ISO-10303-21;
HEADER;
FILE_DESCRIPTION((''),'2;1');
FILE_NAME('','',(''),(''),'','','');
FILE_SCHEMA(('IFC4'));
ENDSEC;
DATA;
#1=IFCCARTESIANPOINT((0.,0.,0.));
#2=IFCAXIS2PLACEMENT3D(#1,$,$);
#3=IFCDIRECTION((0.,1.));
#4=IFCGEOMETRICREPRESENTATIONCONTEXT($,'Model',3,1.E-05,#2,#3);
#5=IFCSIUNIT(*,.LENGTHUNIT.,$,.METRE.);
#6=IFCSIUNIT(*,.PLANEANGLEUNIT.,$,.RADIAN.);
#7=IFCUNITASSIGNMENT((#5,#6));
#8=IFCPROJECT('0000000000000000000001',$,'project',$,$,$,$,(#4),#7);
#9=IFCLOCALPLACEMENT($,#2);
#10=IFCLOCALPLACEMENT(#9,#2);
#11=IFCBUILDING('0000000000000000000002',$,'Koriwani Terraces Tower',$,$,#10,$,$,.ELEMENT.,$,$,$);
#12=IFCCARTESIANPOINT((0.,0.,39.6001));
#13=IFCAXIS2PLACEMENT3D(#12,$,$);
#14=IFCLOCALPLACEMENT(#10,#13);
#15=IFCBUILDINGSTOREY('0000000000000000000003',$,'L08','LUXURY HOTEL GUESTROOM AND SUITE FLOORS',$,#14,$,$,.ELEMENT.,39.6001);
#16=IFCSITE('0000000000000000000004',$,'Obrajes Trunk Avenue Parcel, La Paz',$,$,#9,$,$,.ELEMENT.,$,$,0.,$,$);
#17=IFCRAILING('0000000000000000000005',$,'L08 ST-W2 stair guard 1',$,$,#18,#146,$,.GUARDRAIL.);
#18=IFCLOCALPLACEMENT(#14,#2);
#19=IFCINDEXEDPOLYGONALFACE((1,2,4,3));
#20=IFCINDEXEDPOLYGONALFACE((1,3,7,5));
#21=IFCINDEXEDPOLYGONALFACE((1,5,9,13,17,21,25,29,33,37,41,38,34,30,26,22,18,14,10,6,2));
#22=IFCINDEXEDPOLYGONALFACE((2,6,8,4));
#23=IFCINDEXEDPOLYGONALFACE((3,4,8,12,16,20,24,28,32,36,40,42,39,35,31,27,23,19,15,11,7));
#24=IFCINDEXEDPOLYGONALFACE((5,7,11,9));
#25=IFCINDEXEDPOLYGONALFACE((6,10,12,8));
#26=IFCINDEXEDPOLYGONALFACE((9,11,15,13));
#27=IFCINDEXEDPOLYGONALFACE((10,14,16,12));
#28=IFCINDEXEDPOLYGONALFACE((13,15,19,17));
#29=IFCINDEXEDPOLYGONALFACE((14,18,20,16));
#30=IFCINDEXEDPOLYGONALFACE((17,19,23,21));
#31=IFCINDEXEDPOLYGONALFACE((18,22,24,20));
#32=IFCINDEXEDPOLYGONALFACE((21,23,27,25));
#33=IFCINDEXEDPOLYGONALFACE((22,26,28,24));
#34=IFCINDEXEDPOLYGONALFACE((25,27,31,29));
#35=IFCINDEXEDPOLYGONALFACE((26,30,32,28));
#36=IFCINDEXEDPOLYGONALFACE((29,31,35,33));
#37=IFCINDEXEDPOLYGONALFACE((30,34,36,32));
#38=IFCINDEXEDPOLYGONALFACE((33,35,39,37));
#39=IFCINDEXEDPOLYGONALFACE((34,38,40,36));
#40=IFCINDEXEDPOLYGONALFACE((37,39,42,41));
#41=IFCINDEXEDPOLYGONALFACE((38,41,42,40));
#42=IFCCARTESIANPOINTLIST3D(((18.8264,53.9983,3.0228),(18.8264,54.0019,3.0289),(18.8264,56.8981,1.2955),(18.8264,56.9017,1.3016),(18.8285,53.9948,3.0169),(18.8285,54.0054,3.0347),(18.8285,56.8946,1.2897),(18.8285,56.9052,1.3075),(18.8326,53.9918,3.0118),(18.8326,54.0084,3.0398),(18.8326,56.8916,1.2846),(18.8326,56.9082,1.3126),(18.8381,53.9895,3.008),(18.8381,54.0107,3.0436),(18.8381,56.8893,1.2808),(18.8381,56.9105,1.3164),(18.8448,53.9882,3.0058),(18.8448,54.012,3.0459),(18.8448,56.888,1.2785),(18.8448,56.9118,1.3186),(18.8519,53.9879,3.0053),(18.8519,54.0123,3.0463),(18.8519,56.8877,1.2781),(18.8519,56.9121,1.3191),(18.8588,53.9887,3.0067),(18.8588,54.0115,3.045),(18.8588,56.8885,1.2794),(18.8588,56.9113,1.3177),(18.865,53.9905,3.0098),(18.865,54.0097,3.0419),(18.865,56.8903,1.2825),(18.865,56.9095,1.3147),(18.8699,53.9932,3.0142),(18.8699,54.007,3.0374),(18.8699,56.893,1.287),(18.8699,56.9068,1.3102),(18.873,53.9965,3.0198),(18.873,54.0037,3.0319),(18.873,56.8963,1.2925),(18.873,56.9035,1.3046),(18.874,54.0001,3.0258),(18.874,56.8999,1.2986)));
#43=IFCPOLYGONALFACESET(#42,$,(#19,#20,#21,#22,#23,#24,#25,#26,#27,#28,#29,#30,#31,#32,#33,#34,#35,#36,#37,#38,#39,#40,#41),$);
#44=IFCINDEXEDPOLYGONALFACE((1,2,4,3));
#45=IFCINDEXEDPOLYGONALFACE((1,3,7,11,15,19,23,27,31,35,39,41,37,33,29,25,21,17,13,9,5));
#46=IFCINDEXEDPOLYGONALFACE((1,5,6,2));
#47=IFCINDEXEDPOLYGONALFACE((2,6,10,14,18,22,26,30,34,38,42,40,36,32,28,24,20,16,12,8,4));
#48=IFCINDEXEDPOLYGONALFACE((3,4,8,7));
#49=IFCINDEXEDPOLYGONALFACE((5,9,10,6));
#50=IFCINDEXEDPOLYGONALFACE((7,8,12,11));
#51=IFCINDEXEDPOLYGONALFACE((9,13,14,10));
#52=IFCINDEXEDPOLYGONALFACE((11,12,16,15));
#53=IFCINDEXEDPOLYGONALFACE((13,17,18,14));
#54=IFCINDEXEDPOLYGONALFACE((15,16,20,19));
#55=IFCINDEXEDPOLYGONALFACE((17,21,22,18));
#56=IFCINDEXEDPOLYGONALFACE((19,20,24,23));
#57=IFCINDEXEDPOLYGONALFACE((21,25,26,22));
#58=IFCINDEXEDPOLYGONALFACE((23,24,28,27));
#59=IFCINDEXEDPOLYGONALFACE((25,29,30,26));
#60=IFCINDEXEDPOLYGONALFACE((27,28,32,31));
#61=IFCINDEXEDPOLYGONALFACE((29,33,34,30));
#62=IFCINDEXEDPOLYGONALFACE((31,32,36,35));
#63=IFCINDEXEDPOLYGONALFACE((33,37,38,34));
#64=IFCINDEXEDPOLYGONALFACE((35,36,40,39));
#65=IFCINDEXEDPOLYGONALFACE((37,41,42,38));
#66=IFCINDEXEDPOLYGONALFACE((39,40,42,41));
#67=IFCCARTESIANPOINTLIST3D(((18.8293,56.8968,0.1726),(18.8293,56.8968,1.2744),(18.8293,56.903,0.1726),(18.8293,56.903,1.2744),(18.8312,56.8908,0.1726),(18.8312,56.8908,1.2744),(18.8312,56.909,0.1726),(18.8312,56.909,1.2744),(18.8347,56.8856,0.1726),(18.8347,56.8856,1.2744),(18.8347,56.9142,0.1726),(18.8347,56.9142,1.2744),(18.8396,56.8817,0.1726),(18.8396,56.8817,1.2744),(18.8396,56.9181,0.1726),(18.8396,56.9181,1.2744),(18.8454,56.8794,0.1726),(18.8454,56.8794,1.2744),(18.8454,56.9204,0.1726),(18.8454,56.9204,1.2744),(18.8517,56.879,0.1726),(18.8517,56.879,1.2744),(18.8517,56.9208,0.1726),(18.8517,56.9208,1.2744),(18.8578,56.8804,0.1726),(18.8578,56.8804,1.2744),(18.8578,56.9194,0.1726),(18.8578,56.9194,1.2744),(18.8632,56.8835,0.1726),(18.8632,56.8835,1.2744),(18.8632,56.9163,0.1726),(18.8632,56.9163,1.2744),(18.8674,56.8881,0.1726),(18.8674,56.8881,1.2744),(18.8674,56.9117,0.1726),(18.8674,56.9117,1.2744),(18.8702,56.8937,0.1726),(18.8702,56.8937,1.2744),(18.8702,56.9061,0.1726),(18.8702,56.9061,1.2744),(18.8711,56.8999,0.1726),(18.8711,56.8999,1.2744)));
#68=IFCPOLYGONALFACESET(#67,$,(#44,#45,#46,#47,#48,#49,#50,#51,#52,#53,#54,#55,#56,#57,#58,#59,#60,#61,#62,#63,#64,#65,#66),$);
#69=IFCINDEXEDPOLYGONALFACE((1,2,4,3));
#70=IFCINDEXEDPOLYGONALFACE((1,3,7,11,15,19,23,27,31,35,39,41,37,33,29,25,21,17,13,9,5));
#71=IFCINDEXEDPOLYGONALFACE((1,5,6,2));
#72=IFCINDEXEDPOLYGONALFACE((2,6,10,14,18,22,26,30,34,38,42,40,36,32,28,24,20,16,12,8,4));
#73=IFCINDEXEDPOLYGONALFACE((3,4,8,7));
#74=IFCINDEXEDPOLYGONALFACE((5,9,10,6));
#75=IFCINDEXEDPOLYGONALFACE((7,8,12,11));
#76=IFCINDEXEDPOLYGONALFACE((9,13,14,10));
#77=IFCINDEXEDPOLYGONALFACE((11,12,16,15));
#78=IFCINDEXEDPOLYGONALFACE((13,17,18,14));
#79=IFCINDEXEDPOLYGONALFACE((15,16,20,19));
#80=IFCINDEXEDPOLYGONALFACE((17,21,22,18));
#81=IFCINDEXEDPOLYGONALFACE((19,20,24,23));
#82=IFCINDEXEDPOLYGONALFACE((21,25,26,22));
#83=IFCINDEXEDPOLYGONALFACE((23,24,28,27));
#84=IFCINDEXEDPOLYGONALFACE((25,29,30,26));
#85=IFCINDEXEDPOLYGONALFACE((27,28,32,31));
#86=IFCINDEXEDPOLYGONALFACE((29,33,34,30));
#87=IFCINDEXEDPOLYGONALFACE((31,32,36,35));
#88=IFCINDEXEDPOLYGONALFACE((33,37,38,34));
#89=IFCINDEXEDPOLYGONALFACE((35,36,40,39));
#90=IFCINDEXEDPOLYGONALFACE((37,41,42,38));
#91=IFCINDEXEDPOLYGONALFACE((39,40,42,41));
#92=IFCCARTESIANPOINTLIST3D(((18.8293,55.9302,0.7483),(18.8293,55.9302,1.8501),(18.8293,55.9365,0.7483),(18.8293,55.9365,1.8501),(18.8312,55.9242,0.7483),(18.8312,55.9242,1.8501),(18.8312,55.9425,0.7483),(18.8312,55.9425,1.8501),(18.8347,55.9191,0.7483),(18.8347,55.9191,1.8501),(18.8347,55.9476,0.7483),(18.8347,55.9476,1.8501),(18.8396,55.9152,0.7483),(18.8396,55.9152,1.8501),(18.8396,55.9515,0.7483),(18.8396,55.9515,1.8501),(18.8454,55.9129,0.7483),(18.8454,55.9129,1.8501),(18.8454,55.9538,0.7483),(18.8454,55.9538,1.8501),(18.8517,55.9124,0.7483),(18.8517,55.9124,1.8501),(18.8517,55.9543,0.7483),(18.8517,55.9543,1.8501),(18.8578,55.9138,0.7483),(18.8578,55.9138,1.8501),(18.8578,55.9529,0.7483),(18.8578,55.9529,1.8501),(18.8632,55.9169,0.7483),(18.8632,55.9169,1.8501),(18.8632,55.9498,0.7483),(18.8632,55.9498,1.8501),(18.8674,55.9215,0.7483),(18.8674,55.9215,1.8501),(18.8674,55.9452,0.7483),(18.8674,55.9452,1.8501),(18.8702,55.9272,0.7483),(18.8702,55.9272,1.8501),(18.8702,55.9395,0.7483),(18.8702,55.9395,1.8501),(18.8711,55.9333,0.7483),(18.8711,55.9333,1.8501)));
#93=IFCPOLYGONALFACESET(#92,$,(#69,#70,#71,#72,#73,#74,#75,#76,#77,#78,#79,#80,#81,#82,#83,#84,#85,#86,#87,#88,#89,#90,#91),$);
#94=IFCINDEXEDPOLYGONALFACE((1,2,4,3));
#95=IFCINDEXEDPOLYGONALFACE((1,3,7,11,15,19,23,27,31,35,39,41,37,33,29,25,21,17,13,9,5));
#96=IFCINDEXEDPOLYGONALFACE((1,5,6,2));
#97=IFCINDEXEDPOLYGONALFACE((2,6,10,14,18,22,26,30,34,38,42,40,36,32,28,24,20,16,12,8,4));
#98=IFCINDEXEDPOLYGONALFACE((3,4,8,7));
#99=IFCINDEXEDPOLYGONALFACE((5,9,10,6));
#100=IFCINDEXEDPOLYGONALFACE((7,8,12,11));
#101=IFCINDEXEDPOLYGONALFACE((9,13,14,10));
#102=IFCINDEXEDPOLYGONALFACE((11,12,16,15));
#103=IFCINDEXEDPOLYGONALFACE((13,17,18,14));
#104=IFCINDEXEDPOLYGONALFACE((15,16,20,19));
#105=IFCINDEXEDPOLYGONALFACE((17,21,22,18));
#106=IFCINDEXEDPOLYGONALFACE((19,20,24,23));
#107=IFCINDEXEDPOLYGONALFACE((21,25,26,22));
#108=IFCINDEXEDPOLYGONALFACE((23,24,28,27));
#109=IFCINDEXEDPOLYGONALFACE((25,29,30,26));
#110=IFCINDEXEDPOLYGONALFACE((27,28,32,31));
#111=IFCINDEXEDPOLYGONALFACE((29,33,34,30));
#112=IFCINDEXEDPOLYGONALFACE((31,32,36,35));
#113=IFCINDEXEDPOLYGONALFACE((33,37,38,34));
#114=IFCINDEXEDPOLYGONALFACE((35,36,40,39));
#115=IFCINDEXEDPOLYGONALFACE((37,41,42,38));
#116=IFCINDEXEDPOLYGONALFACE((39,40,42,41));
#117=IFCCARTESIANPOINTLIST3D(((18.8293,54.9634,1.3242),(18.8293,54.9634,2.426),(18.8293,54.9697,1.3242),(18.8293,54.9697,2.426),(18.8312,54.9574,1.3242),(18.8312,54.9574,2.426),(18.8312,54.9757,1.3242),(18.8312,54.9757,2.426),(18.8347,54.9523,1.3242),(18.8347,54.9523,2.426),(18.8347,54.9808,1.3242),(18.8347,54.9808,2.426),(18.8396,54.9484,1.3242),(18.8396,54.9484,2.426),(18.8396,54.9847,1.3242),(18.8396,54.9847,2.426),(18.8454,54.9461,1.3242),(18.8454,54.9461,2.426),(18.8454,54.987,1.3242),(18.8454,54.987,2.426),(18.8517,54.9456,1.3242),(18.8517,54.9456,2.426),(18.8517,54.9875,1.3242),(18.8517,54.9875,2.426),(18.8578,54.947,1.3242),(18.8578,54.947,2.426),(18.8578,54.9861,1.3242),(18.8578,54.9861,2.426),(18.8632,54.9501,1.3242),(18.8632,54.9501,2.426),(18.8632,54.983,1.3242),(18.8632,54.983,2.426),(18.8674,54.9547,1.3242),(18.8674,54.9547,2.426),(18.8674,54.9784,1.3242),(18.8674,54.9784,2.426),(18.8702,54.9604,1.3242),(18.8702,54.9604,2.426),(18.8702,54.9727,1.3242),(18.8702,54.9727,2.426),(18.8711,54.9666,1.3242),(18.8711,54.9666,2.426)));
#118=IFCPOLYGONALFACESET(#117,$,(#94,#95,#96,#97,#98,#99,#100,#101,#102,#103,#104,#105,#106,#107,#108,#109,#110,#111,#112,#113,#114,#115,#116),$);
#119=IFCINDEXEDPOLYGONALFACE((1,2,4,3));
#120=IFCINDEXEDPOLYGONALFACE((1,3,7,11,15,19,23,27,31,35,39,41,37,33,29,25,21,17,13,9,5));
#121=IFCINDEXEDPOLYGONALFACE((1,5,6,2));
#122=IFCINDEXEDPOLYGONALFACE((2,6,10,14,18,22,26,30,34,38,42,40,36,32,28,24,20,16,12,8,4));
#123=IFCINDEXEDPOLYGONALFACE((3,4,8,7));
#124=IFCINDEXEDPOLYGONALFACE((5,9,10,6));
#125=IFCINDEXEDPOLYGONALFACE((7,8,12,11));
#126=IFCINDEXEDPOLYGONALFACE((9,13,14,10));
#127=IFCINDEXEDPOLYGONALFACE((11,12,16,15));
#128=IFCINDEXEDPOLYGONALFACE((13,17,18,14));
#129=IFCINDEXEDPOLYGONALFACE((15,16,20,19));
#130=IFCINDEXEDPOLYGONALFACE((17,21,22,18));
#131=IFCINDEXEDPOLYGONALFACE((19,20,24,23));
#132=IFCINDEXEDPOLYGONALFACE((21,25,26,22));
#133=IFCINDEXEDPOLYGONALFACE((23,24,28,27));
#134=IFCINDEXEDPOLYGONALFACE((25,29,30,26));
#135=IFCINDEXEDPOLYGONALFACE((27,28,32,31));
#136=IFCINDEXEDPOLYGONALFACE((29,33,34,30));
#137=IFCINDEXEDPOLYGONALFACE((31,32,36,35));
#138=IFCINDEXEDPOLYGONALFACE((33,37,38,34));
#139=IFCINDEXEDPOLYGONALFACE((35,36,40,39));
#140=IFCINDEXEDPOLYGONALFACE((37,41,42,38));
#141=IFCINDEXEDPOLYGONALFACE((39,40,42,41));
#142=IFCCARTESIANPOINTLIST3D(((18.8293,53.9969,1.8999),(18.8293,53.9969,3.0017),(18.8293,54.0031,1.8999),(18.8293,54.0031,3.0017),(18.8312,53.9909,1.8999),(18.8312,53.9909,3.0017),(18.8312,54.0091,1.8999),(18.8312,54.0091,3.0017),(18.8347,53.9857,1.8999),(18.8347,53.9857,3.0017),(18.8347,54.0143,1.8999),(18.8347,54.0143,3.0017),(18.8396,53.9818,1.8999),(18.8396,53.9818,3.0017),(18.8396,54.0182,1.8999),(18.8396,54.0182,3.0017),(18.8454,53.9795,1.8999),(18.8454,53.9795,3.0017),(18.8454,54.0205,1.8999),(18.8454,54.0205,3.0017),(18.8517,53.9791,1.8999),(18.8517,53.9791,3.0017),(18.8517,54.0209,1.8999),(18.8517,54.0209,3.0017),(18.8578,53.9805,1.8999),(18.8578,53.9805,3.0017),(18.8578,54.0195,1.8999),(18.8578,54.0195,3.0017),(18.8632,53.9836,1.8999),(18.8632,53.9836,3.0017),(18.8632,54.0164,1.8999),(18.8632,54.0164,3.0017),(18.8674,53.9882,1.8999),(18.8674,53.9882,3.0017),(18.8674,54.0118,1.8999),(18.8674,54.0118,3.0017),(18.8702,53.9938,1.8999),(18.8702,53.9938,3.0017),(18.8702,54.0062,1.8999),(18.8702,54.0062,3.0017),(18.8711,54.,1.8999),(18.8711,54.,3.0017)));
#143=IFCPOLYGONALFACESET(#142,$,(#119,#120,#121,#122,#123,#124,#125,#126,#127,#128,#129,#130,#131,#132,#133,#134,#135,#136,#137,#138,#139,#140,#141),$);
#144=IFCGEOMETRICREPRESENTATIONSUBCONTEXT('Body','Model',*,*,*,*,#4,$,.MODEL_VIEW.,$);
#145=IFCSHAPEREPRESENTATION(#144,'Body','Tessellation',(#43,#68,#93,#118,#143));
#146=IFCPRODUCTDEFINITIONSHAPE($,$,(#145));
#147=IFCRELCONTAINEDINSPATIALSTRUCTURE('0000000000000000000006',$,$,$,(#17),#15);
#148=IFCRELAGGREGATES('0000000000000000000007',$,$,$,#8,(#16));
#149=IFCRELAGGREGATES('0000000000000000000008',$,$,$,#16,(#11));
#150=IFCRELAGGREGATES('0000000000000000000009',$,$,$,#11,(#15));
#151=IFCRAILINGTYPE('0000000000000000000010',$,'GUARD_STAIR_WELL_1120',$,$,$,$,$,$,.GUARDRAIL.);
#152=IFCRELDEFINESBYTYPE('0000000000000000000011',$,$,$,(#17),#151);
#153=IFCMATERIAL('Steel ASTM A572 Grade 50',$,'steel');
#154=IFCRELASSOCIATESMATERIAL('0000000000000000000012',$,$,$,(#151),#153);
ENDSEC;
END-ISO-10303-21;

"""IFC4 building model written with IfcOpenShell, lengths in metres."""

from ifc_helpers import new_model, si_unit, direction, frame, origin, origin_2d, place, context, subcontext, project, spatial, circle, extrude, material, type_object, element, save


model = new_model("IFC4")

# Units and contexts
model_context = context("Model", 3, precision=1e-05, world=origin(), true_north=direction((0.0, 1.0)))
body_context = subcontext(model_context, "Body", "Model", "MODEL_VIEW")
ifc_project = project(units=[si_unit("LENGTHUNIT", "METRE"), si_unit("PLANEANGLEUNIT", "RADIAN")], contexts=[model_context])

# Site, building, storey
site_placement = place(None, origin())
site = spatial("IfcSite", under=ifc_project, at=site_placement, Name="Obrajes Trunk Avenue Parcel, La Paz", CompositionType="ELEMENT", RefElevation=0.0)
building_placement = place(site_placement, origin())
building = spatial("IfcBuilding", under=site, at=building_placement, Name="Koriwani Terraces Tower", CompositionType="ELEMENT")
storey_placement = place(building_placement, frame((0.0, 0.0, 39.6001)))
storey = spatial("IfcBuildingStorey", under=building, at=storey_placement, Name="L08", Description="LUXURY HOTEL GUESTROOM AND SUITE FLOORS", CompositionType="ELEMENT", Elevation=39.6001)

# Shared definitions
ifc_material_1 = material(Name="Steel ASTM A572 Grade 50", Category="steel")

# Railing
railing_type_1 = type_object("IfcRailingType", Name="GUARD_STAIR_WELL_1120", PredefinedType="GUARDRAIL", material=ifc_material_1)
railing_1_placement = place(storey_placement, frame((18.8501, 56.8999, 0.1726)))
element("IfcRailing", 1, at=railing_1_placement, inside=storey, type_object=railing_type_1, Name="L08 ST-W2 stair guard 1", PredefinedType="GUARDRAIL", context=body_context, shape_type="SweptSolid", body=[
    extrude(circle(Radius=0.0239, at=origin_2d()), frame((0.0, 0.0, 1.126), z_axis=(0.0, -0.859141, 0.511738), x_axis=(1.0, 0.0, 0.0)), (0.0, 0.0, 1.0), 3.3752),
    extrude(circle(Radius=0.021, at=origin_2d()), origin(), (0.0, 0.0, 1.0), 1.1018),
    extrude(circle(Radius=0.021, at=origin_2d()), frame((0.0, -0.9666, 0.5757)), (0.0, 0.0, 1.0), 1.1018),
    extrude(circle(Radius=0.021, at=origin_2d()), frame((0.0, -1.9333, 1.1516)), (0.0, 0.0, 1.0), 1.1018),
    extrude(circle(Radius=0.021, at=origin_2d()), frame((0.0, -2.8999, 1.7273)), (0.0, 0.0, 1.0), 1.1018),
])

save(model, "model.ifc")
